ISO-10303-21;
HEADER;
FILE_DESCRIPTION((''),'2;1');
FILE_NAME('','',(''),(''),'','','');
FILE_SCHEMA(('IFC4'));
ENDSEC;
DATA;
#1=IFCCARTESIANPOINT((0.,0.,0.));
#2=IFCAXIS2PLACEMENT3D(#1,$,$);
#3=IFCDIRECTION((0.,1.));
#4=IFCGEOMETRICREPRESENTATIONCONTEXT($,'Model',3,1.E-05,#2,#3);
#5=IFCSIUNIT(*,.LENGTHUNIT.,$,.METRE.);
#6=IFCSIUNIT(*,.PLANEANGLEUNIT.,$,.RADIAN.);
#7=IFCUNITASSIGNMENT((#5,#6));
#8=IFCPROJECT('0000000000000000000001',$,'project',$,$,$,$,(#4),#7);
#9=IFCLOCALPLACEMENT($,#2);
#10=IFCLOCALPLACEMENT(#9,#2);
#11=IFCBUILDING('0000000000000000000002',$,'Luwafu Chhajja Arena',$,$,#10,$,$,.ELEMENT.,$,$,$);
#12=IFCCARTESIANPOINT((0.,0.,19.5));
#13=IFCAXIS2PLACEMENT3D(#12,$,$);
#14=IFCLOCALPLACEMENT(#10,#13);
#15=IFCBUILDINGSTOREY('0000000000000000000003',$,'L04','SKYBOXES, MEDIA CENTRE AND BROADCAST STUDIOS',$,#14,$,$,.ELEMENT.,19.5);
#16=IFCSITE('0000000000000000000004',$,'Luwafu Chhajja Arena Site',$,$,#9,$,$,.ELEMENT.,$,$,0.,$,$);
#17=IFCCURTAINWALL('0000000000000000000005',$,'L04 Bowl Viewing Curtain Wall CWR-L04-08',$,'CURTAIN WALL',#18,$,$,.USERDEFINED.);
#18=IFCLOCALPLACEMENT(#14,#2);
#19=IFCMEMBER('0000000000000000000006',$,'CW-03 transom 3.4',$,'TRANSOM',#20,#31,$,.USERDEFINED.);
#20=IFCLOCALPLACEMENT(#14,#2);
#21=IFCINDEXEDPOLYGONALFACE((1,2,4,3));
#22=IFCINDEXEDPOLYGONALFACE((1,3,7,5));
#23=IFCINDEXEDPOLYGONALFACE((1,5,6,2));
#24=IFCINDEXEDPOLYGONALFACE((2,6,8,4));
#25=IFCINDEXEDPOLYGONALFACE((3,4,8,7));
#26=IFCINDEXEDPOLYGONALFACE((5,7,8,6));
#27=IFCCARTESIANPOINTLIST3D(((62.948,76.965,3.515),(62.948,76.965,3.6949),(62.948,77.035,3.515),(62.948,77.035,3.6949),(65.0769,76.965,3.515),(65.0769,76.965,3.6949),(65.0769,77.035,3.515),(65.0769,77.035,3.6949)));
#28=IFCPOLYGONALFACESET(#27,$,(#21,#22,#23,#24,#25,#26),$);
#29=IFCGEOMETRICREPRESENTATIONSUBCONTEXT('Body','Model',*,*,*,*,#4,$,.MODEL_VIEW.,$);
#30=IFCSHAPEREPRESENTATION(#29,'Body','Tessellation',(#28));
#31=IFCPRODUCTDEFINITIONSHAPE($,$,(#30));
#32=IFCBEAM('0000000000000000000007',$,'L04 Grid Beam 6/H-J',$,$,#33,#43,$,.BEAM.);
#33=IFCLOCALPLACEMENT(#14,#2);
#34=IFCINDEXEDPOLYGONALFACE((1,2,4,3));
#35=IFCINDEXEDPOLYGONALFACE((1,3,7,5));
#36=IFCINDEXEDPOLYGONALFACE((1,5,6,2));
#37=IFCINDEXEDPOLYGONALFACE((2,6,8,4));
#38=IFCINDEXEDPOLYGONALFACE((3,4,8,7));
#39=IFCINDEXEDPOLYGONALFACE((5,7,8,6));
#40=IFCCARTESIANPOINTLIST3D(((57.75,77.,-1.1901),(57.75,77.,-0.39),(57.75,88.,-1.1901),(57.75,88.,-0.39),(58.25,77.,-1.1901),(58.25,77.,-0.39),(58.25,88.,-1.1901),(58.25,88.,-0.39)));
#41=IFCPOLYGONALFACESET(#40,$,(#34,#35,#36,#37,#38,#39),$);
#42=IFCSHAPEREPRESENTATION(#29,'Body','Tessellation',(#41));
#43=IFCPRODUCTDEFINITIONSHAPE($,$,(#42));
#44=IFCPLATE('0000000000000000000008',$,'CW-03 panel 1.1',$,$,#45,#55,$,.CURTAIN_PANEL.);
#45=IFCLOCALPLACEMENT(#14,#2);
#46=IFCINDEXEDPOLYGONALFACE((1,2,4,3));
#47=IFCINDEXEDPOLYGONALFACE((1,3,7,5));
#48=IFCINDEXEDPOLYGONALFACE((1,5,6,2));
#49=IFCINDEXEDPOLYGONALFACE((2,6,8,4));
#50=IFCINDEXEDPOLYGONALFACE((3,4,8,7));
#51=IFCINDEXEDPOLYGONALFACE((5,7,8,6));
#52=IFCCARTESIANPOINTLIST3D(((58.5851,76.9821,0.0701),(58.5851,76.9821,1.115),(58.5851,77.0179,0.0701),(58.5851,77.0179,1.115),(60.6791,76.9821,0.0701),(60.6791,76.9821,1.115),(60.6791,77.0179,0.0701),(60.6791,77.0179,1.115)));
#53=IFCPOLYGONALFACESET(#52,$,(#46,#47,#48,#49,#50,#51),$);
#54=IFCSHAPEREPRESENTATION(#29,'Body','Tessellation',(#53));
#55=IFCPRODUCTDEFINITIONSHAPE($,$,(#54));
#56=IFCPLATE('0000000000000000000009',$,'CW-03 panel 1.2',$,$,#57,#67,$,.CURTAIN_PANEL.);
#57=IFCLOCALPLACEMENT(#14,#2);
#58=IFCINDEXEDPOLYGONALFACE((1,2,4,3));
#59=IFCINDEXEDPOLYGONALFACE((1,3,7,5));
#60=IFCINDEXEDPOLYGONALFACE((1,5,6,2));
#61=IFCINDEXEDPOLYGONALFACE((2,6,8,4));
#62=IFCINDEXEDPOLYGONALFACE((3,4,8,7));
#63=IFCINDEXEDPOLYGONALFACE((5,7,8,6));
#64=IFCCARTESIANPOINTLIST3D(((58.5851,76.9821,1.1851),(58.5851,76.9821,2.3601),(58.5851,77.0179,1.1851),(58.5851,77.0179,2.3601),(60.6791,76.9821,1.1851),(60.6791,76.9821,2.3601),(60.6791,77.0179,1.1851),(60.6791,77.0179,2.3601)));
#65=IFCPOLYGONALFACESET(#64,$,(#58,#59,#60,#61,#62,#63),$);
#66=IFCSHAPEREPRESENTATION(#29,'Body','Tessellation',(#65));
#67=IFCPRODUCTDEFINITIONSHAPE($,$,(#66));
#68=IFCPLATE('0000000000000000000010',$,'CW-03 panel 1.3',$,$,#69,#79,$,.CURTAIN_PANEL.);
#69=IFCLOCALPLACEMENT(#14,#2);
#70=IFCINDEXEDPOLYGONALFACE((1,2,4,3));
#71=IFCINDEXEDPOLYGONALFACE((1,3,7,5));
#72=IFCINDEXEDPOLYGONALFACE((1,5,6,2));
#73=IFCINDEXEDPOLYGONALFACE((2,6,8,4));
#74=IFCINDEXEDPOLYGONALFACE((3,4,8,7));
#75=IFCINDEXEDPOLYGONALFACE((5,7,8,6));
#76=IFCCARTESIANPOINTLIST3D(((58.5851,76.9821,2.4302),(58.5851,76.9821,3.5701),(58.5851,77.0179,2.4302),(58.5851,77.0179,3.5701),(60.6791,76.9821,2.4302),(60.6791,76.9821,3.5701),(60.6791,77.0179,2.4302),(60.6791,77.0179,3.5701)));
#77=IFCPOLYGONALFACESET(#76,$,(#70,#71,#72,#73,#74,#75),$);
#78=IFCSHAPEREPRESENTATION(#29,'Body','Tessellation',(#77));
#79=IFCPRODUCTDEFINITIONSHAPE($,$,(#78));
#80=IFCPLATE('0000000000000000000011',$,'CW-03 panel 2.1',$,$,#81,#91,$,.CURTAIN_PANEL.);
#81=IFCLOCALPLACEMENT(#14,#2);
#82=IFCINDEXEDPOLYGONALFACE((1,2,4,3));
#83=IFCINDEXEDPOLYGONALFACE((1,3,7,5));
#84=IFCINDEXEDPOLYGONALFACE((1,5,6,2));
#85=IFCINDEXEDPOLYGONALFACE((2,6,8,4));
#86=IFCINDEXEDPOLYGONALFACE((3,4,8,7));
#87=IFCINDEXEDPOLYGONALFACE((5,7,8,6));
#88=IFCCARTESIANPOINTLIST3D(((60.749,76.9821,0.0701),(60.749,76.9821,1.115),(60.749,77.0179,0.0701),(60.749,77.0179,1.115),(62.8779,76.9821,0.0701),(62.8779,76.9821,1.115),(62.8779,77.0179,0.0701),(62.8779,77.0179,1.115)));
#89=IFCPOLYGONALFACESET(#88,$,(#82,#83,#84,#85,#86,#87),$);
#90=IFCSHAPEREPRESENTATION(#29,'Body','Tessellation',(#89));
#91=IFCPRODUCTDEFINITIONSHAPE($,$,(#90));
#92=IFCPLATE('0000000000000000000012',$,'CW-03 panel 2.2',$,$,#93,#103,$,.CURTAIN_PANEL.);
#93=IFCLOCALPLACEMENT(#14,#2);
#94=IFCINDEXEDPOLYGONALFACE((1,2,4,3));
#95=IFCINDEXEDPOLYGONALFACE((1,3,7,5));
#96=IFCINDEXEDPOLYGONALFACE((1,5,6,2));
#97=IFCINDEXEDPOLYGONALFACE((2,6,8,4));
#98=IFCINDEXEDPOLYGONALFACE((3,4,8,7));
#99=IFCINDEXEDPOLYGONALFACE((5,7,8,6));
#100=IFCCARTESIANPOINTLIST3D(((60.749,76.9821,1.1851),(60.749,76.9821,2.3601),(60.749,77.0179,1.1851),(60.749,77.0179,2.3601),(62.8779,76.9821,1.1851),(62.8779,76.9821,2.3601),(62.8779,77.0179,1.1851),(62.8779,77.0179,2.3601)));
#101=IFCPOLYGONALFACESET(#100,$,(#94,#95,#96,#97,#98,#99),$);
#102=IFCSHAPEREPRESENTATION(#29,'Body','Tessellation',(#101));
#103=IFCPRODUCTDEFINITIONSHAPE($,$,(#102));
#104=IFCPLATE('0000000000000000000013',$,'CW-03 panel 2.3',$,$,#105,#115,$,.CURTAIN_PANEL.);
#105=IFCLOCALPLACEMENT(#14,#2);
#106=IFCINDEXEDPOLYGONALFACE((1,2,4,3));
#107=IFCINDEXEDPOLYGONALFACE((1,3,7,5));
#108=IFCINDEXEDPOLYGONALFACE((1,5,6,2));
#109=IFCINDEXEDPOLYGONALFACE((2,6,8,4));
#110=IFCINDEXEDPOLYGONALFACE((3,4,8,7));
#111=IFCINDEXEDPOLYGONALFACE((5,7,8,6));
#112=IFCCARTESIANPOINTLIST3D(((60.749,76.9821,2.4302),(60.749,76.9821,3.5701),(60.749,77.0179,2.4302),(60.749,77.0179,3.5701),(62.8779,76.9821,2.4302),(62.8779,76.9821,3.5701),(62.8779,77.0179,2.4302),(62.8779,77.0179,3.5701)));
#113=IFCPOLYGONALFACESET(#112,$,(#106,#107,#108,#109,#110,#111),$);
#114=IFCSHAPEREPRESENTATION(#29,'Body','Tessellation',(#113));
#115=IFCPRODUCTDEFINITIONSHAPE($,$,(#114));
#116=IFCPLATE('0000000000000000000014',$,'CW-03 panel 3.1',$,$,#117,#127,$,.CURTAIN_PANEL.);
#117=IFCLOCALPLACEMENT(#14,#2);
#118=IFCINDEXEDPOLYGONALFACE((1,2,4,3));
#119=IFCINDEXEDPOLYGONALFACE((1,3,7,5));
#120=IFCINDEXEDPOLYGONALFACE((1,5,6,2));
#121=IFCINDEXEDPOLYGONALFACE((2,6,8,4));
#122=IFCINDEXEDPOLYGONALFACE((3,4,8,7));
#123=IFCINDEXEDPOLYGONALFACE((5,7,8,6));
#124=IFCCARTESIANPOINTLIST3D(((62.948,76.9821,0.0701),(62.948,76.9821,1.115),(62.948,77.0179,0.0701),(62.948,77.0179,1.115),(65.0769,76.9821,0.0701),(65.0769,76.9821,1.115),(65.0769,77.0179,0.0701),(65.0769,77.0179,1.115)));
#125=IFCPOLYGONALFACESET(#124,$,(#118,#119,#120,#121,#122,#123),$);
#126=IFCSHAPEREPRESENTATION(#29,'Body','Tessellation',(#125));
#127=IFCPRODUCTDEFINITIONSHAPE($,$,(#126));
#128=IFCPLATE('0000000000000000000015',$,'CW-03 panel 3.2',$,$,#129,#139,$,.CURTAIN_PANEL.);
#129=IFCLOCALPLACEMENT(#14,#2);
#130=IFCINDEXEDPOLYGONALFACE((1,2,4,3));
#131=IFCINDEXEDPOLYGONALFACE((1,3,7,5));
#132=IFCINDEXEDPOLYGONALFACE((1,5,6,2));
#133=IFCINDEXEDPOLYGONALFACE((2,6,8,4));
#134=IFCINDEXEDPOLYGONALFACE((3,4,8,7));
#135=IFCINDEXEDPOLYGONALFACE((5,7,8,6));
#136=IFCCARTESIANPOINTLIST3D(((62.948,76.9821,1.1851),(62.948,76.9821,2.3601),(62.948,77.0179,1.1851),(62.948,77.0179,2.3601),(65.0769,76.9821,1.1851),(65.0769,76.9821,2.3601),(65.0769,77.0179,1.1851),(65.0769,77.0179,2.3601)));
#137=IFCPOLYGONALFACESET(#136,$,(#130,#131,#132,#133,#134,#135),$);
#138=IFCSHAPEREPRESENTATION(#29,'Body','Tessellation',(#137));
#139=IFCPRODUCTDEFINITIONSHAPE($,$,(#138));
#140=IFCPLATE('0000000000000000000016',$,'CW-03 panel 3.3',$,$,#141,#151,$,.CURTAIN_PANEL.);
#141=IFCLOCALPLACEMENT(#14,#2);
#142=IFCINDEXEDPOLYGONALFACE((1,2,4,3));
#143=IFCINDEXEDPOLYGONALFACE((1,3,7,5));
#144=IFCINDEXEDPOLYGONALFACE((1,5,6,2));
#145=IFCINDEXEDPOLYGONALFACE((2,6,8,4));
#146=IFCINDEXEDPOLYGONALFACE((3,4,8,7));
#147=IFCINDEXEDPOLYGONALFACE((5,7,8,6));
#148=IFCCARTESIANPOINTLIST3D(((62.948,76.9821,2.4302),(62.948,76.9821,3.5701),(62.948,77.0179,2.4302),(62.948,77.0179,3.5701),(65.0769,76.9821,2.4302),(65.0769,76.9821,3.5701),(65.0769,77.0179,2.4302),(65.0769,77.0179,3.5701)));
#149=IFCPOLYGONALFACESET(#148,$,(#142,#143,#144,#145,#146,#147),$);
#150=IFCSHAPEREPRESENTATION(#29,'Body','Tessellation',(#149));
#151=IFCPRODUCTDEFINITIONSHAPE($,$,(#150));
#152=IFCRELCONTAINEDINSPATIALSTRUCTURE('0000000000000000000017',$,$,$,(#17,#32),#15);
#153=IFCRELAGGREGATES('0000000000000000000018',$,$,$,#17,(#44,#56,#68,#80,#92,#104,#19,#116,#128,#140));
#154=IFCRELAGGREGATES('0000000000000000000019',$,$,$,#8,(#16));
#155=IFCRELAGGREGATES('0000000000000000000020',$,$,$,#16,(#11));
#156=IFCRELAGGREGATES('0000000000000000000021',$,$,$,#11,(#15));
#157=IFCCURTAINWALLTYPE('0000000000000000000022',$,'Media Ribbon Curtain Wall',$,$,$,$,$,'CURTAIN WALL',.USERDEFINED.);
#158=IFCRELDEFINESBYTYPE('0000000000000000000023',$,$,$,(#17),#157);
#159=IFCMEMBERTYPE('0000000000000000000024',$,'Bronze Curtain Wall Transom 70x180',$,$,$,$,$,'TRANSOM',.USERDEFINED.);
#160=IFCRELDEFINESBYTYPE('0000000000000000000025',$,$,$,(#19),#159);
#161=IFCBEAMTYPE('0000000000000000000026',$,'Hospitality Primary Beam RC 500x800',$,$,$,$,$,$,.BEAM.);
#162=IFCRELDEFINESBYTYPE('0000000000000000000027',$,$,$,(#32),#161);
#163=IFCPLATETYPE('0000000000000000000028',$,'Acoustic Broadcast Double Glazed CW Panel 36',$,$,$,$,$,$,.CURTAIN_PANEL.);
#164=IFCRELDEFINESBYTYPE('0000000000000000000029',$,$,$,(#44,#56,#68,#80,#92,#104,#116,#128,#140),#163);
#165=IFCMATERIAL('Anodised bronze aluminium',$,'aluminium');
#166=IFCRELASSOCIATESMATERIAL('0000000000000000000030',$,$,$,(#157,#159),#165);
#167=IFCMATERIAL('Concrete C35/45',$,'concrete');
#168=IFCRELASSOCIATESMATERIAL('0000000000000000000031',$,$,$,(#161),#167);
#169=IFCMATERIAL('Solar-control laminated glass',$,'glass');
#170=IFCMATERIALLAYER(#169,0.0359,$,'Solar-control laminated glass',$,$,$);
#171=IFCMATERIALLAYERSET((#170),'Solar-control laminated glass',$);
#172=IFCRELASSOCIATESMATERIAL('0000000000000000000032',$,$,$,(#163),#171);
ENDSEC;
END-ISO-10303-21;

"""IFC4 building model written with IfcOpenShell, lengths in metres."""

from ifc_helpers import new_model, si_unit, direction, frame, origin, origin_2d, place, context, subcontext, project, spatial, rectangle, extrude, material, layer, layer_set, material_profile, profile_set, type_object, element, aggregate, save


model = new_model("IFC4")

# Units and contexts
model_context = context("Model", 3, precision=1e-05, world=origin(), true_north=direction((0.0, 1.0)))
body_context = subcontext(model_context, "Body", "Model", "MODEL_VIEW")
ifc_project = project(units=[si_unit("LENGTHUNIT", "METRE"), si_unit("PLANEANGLEUNIT", "RADIAN")], contexts=[model_context])

# Site, building, storey
site_placement = place(None, origin())
site = spatial("IfcSite", under=ifc_project, at=site_placement, Name="Luwafu Chhajja Arena Site", CompositionType="ELEMENT", RefElevation=0.0)
building_placement = place(site_placement, origin())
building = spatial("IfcBuilding", under=site, at=building_placement, Name="Luwafu Chhajja Arena", CompositionType="ELEMENT")
storey_placement = place(building_placement, frame((0.0, 0.0, 19.5)))
storey = spatial("IfcBuildingStorey", under=building, at=storey_placement, Name="L04", Description="SKYBOXES, MEDIA CENTRE AND BROADCAST STUDIOS", CompositionType="ELEMENT", Elevation=19.5)

# Curtain wall, member
ifc_material_1 = material(Name="Anodised bronze aluminium", Category="aluminium")
curtain_wall_type = type_object("IfcCurtainWallType", Name="Media Ribbon Curtain Wall", ElementType="CURTAIN WALL", PredefinedType="USERDEFINED", material=ifc_material_1)
curtain_wall_placement = place(storey_placement, origin())
curtain_wall = element("IfcCurtainWall", 1, at=curtain_wall_placement, inside=storey, type_object=curtain_wall_type, Name="L04 Bowl Viewing Curtain Wall CWR-L04-08", ObjectType="CURTAIN WALL", PredefinedType="USERDEFINED")
ifc_material_profile_1 = material_profile(ifc_material_1, rectangle(XDim=0.0701, YDim=0.1799, at=origin_2d()), Name="CWT 70x180")
ifc_profile_set_1 = profile_set([ifc_material_profile_1], Name="Anodised bronze aluminium")
member_type_1 = type_object("IfcMemberType", Name="Bronze Curtain Wall Transom 70x180", ElementType="TRANSOM", PredefinedType="USERDEFINED", material=ifc_profile_set_1)
member_1_placement = place(storey_placement, frame((62.948, 77.0, 3.605), z_axis=(1.0, 0.0, 0.0), x_axis=(0.0, 1.0, 0.0)))
member_1 = element("IfcMember", 2, at=member_1_placement, type_object=member_type_1, Name="CW-03 transom 3.4", ObjectType="TRANSOM", PredefinedType="USERDEFINED", context=body_context, shape_type="SweptSolid", body=[
    extrude(rectangle(XDim=0.0701, YDim=0.1799, at=origin_2d()), origin(), (0.0, 0.0, 1.0), 2.1289),
])

# Beam
ifc_material_2 = material(Name="Concrete C35/45", Category="concrete")
ifc_material_profile_2 = material_profile(ifc_material_2, rectangle(XDim=0.5, YDim=0.8, at=origin_2d()), Name="RC 500x800")
ifc_profile_set_2 = profile_set([ifc_material_profile_2], Name="Concrete C35/45")
beam_type = type_object("IfcBeamType", Name="Hospitality Primary Beam RC 500x800", PredefinedType="BEAM", material=ifc_profile_set_2)
beam_placement = place(storey_placement, frame((58.0, 77.0, -0.79), z_axis=(0.0, 1.0, 0.0), x_axis=(-1.0, 0.0, 0.0)))
element("IfcBeam", 3, at=beam_placement, inside=storey, type_object=beam_type, Name="L04 Grid Beam 6/H-J", PredefinedType="BEAM", context=body_context, shape_type="SweptSolid", body=[
    extrude(rectangle(XDim=0.5, YDim=0.8, at=origin_2d()), origin(), (0.0, 0.0, 1.0), 11.0),
])

# Plates
ifc_material_3 = material(Name="Solar-control laminated glass", Category="glass")
ifc_layer = layer(ifc_material_3, 0.0359, Name="Solar-control laminated glass")
ifc_layer_set = layer_set([ifc_layer], Name="Solar-control laminated glass")
plate_type = type_object("IfcPlateType", Name="Acoustic Broadcast Double Glazed CW Panel 36", PredefinedType="CURTAIN_PANEL", material=ifc_layer_set)
plate_1_placement = place(storey_placement, frame((59.6321, 77.0, 0.0701), z_axis=(0.0, 0.0, 1.0), x_axis=(1.0, 0.0, 0.0)))
plate_1 = element("IfcPlate", 4, at=plate_1_placement, type_object=plate_type, Name="CW-03 panel 1.1", PredefinedType="CURTAIN_PANEL", context=body_context, shape_type="SweptSolid", body=[
    extrude(rectangle(XDim=2.094, YDim=0.0359, at=origin_2d()), origin(), (0.0, 0.0, 1.0), 1.0449),
])
plate_2_placement = place(storey_placement, frame((59.6321, 77.0, 1.1851), z_axis=(0.0, 0.0, 1.0), x_axis=(1.0, 0.0, 0.0)))
plate_2 = element("IfcPlate", 5, at=plate_2_placement, type_object=plate_type, Name="CW-03 panel 1.2", PredefinedType="CURTAIN_PANEL", context=body_context, shape_type="SweptSolid", body=[
    extrude(rectangle(XDim=2.094, YDim=0.0359, at=origin_2d()), origin(), (0.0, 0.0, 1.0), 1.175),
])
plate_3_placement = place(storey_placement, frame((59.6321, 77.0, 2.4302), z_axis=(0.0, 0.0, 1.0), x_axis=(1.0, 0.0, 0.0)))
plate_3 = element("IfcPlate", 6, at=plate_3_placement, type_object=plate_type, Name="CW-03 panel 1.3", PredefinedType="CURTAIN_PANEL", context=body_context, shape_type="SweptSolid", body=[
    extrude(rectangle(XDim=2.094, YDim=0.0359, at=origin_2d()), origin(), (0.0, 0.0, 1.0), 1.1399),
])
plate_4_placement = place(storey_placement, frame((61.8135, 77.0, 0.0701), z_axis=(0.0, 0.0, 1.0), x_axis=(1.0, 0.0, 0.0)))
plate_4 = element("IfcPlate", 7, at=plate_4_placement, type_object=plate_type, Name="CW-03 panel 2.1", PredefinedType="CURTAIN_PANEL", context=body_context, shape_type="SweptSolid", body=[
    extrude(rectangle(XDim=2.1289, YDim=0.0359, at=origin_2d()), origin(), (0.0, 0.0, 1.0), 1.0449),
])
plate_5_placement = place(storey_placement, frame((61.8135, 77.0, 1.1851), z_axis=(0.0, 0.0, 1.0), x_axis=(1.0, 0.0, 0.0)))
plate_5 = element("IfcPlate", 8, at=plate_5_placement, type_object=plate_type, Name="CW-03 panel 2.2", PredefinedType="CURTAIN_PANEL", context=body_context, shape_type="SweptSolid", body=[
    extrude(rectangle(XDim=2.1289, YDim=0.0359, at=origin_2d()), origin(), (0.0, 0.0, 1.0), 1.175),
])
plate_6_placement = place(storey_placement, frame((61.8135, 77.0, 2.4302), z_axis=(0.0, 0.0, 1.0), x_axis=(1.0, 0.0, 0.0)))
plate_6 = element("IfcPlate", 9, at=plate_6_placement, type_object=plate_type, Name="CW-03 panel 2.3", PredefinedType="CURTAIN_PANEL", context=body_context, shape_type="SweptSolid", body=[
    extrude(rectangle(XDim=2.1289, YDim=0.0359, at=origin_2d()), origin(), (0.0, 0.0, 1.0), 1.1399),
])
plate_7_placement = place(storey_placement, frame((64.0125, 77.0, 0.0701), z_axis=(0.0, 0.0, 1.0), x_axis=(1.0, 0.0, 0.0)))
plate_7 = element("IfcPlate", 10, at=plate_7_placement, type_object=plate_type, Name="CW-03 panel 3.1", PredefinedType="CURTAIN_PANEL", context=body_context, shape_type="SweptSolid", body=[
    extrude(rectangle(XDim=2.1289, YDim=0.0359, at=origin_2d()), origin(), (0.0, 0.0, 1.0), 1.0449),
])
plate_8_placement = place(storey_placement, frame((64.0125, 77.0, 1.1851), z_axis=(0.0, 0.0, 1.0), x_axis=(1.0, 0.0, 0.0)))
plate_8 = element("IfcPlate", 11, at=plate_8_placement, type_object=plate_type, Name="CW-03 panel 3.2", PredefinedType="CURTAIN_PANEL", context=body_context, shape_type="SweptSolid", body=[
    extrude(rectangle(XDim=2.1289, YDim=0.0359, at=origin_2d()), origin(), (0.0, 0.0, 1.0), 1.175),
])
plate_9_placement = place(storey_placement, frame((64.0125, 77.0, 2.4302), z_axis=(0.0, 0.0, 1.0), x_axis=(1.0, 0.0, 0.0)))
plate_9 = element("IfcPlate", 12, at=plate_9_placement, type_object=plate_type, Name="CW-03 panel 3.3", PredefinedType="CURTAIN_PANEL", context=body_context, shape_type="SweptSolid", body=[
    extrude(rectangle(XDim=2.1289, YDim=0.0359, at=origin_2d()), origin(), (0.0, 0.0, 1.0), 1.1399),
])
aggregate(curtain_wall, [plate_1, plate_2, plate_3, plate_4, plate_5, plate_6, member_1, plate_7, plate_8, plate_9])

save(model, "model.ifc")
